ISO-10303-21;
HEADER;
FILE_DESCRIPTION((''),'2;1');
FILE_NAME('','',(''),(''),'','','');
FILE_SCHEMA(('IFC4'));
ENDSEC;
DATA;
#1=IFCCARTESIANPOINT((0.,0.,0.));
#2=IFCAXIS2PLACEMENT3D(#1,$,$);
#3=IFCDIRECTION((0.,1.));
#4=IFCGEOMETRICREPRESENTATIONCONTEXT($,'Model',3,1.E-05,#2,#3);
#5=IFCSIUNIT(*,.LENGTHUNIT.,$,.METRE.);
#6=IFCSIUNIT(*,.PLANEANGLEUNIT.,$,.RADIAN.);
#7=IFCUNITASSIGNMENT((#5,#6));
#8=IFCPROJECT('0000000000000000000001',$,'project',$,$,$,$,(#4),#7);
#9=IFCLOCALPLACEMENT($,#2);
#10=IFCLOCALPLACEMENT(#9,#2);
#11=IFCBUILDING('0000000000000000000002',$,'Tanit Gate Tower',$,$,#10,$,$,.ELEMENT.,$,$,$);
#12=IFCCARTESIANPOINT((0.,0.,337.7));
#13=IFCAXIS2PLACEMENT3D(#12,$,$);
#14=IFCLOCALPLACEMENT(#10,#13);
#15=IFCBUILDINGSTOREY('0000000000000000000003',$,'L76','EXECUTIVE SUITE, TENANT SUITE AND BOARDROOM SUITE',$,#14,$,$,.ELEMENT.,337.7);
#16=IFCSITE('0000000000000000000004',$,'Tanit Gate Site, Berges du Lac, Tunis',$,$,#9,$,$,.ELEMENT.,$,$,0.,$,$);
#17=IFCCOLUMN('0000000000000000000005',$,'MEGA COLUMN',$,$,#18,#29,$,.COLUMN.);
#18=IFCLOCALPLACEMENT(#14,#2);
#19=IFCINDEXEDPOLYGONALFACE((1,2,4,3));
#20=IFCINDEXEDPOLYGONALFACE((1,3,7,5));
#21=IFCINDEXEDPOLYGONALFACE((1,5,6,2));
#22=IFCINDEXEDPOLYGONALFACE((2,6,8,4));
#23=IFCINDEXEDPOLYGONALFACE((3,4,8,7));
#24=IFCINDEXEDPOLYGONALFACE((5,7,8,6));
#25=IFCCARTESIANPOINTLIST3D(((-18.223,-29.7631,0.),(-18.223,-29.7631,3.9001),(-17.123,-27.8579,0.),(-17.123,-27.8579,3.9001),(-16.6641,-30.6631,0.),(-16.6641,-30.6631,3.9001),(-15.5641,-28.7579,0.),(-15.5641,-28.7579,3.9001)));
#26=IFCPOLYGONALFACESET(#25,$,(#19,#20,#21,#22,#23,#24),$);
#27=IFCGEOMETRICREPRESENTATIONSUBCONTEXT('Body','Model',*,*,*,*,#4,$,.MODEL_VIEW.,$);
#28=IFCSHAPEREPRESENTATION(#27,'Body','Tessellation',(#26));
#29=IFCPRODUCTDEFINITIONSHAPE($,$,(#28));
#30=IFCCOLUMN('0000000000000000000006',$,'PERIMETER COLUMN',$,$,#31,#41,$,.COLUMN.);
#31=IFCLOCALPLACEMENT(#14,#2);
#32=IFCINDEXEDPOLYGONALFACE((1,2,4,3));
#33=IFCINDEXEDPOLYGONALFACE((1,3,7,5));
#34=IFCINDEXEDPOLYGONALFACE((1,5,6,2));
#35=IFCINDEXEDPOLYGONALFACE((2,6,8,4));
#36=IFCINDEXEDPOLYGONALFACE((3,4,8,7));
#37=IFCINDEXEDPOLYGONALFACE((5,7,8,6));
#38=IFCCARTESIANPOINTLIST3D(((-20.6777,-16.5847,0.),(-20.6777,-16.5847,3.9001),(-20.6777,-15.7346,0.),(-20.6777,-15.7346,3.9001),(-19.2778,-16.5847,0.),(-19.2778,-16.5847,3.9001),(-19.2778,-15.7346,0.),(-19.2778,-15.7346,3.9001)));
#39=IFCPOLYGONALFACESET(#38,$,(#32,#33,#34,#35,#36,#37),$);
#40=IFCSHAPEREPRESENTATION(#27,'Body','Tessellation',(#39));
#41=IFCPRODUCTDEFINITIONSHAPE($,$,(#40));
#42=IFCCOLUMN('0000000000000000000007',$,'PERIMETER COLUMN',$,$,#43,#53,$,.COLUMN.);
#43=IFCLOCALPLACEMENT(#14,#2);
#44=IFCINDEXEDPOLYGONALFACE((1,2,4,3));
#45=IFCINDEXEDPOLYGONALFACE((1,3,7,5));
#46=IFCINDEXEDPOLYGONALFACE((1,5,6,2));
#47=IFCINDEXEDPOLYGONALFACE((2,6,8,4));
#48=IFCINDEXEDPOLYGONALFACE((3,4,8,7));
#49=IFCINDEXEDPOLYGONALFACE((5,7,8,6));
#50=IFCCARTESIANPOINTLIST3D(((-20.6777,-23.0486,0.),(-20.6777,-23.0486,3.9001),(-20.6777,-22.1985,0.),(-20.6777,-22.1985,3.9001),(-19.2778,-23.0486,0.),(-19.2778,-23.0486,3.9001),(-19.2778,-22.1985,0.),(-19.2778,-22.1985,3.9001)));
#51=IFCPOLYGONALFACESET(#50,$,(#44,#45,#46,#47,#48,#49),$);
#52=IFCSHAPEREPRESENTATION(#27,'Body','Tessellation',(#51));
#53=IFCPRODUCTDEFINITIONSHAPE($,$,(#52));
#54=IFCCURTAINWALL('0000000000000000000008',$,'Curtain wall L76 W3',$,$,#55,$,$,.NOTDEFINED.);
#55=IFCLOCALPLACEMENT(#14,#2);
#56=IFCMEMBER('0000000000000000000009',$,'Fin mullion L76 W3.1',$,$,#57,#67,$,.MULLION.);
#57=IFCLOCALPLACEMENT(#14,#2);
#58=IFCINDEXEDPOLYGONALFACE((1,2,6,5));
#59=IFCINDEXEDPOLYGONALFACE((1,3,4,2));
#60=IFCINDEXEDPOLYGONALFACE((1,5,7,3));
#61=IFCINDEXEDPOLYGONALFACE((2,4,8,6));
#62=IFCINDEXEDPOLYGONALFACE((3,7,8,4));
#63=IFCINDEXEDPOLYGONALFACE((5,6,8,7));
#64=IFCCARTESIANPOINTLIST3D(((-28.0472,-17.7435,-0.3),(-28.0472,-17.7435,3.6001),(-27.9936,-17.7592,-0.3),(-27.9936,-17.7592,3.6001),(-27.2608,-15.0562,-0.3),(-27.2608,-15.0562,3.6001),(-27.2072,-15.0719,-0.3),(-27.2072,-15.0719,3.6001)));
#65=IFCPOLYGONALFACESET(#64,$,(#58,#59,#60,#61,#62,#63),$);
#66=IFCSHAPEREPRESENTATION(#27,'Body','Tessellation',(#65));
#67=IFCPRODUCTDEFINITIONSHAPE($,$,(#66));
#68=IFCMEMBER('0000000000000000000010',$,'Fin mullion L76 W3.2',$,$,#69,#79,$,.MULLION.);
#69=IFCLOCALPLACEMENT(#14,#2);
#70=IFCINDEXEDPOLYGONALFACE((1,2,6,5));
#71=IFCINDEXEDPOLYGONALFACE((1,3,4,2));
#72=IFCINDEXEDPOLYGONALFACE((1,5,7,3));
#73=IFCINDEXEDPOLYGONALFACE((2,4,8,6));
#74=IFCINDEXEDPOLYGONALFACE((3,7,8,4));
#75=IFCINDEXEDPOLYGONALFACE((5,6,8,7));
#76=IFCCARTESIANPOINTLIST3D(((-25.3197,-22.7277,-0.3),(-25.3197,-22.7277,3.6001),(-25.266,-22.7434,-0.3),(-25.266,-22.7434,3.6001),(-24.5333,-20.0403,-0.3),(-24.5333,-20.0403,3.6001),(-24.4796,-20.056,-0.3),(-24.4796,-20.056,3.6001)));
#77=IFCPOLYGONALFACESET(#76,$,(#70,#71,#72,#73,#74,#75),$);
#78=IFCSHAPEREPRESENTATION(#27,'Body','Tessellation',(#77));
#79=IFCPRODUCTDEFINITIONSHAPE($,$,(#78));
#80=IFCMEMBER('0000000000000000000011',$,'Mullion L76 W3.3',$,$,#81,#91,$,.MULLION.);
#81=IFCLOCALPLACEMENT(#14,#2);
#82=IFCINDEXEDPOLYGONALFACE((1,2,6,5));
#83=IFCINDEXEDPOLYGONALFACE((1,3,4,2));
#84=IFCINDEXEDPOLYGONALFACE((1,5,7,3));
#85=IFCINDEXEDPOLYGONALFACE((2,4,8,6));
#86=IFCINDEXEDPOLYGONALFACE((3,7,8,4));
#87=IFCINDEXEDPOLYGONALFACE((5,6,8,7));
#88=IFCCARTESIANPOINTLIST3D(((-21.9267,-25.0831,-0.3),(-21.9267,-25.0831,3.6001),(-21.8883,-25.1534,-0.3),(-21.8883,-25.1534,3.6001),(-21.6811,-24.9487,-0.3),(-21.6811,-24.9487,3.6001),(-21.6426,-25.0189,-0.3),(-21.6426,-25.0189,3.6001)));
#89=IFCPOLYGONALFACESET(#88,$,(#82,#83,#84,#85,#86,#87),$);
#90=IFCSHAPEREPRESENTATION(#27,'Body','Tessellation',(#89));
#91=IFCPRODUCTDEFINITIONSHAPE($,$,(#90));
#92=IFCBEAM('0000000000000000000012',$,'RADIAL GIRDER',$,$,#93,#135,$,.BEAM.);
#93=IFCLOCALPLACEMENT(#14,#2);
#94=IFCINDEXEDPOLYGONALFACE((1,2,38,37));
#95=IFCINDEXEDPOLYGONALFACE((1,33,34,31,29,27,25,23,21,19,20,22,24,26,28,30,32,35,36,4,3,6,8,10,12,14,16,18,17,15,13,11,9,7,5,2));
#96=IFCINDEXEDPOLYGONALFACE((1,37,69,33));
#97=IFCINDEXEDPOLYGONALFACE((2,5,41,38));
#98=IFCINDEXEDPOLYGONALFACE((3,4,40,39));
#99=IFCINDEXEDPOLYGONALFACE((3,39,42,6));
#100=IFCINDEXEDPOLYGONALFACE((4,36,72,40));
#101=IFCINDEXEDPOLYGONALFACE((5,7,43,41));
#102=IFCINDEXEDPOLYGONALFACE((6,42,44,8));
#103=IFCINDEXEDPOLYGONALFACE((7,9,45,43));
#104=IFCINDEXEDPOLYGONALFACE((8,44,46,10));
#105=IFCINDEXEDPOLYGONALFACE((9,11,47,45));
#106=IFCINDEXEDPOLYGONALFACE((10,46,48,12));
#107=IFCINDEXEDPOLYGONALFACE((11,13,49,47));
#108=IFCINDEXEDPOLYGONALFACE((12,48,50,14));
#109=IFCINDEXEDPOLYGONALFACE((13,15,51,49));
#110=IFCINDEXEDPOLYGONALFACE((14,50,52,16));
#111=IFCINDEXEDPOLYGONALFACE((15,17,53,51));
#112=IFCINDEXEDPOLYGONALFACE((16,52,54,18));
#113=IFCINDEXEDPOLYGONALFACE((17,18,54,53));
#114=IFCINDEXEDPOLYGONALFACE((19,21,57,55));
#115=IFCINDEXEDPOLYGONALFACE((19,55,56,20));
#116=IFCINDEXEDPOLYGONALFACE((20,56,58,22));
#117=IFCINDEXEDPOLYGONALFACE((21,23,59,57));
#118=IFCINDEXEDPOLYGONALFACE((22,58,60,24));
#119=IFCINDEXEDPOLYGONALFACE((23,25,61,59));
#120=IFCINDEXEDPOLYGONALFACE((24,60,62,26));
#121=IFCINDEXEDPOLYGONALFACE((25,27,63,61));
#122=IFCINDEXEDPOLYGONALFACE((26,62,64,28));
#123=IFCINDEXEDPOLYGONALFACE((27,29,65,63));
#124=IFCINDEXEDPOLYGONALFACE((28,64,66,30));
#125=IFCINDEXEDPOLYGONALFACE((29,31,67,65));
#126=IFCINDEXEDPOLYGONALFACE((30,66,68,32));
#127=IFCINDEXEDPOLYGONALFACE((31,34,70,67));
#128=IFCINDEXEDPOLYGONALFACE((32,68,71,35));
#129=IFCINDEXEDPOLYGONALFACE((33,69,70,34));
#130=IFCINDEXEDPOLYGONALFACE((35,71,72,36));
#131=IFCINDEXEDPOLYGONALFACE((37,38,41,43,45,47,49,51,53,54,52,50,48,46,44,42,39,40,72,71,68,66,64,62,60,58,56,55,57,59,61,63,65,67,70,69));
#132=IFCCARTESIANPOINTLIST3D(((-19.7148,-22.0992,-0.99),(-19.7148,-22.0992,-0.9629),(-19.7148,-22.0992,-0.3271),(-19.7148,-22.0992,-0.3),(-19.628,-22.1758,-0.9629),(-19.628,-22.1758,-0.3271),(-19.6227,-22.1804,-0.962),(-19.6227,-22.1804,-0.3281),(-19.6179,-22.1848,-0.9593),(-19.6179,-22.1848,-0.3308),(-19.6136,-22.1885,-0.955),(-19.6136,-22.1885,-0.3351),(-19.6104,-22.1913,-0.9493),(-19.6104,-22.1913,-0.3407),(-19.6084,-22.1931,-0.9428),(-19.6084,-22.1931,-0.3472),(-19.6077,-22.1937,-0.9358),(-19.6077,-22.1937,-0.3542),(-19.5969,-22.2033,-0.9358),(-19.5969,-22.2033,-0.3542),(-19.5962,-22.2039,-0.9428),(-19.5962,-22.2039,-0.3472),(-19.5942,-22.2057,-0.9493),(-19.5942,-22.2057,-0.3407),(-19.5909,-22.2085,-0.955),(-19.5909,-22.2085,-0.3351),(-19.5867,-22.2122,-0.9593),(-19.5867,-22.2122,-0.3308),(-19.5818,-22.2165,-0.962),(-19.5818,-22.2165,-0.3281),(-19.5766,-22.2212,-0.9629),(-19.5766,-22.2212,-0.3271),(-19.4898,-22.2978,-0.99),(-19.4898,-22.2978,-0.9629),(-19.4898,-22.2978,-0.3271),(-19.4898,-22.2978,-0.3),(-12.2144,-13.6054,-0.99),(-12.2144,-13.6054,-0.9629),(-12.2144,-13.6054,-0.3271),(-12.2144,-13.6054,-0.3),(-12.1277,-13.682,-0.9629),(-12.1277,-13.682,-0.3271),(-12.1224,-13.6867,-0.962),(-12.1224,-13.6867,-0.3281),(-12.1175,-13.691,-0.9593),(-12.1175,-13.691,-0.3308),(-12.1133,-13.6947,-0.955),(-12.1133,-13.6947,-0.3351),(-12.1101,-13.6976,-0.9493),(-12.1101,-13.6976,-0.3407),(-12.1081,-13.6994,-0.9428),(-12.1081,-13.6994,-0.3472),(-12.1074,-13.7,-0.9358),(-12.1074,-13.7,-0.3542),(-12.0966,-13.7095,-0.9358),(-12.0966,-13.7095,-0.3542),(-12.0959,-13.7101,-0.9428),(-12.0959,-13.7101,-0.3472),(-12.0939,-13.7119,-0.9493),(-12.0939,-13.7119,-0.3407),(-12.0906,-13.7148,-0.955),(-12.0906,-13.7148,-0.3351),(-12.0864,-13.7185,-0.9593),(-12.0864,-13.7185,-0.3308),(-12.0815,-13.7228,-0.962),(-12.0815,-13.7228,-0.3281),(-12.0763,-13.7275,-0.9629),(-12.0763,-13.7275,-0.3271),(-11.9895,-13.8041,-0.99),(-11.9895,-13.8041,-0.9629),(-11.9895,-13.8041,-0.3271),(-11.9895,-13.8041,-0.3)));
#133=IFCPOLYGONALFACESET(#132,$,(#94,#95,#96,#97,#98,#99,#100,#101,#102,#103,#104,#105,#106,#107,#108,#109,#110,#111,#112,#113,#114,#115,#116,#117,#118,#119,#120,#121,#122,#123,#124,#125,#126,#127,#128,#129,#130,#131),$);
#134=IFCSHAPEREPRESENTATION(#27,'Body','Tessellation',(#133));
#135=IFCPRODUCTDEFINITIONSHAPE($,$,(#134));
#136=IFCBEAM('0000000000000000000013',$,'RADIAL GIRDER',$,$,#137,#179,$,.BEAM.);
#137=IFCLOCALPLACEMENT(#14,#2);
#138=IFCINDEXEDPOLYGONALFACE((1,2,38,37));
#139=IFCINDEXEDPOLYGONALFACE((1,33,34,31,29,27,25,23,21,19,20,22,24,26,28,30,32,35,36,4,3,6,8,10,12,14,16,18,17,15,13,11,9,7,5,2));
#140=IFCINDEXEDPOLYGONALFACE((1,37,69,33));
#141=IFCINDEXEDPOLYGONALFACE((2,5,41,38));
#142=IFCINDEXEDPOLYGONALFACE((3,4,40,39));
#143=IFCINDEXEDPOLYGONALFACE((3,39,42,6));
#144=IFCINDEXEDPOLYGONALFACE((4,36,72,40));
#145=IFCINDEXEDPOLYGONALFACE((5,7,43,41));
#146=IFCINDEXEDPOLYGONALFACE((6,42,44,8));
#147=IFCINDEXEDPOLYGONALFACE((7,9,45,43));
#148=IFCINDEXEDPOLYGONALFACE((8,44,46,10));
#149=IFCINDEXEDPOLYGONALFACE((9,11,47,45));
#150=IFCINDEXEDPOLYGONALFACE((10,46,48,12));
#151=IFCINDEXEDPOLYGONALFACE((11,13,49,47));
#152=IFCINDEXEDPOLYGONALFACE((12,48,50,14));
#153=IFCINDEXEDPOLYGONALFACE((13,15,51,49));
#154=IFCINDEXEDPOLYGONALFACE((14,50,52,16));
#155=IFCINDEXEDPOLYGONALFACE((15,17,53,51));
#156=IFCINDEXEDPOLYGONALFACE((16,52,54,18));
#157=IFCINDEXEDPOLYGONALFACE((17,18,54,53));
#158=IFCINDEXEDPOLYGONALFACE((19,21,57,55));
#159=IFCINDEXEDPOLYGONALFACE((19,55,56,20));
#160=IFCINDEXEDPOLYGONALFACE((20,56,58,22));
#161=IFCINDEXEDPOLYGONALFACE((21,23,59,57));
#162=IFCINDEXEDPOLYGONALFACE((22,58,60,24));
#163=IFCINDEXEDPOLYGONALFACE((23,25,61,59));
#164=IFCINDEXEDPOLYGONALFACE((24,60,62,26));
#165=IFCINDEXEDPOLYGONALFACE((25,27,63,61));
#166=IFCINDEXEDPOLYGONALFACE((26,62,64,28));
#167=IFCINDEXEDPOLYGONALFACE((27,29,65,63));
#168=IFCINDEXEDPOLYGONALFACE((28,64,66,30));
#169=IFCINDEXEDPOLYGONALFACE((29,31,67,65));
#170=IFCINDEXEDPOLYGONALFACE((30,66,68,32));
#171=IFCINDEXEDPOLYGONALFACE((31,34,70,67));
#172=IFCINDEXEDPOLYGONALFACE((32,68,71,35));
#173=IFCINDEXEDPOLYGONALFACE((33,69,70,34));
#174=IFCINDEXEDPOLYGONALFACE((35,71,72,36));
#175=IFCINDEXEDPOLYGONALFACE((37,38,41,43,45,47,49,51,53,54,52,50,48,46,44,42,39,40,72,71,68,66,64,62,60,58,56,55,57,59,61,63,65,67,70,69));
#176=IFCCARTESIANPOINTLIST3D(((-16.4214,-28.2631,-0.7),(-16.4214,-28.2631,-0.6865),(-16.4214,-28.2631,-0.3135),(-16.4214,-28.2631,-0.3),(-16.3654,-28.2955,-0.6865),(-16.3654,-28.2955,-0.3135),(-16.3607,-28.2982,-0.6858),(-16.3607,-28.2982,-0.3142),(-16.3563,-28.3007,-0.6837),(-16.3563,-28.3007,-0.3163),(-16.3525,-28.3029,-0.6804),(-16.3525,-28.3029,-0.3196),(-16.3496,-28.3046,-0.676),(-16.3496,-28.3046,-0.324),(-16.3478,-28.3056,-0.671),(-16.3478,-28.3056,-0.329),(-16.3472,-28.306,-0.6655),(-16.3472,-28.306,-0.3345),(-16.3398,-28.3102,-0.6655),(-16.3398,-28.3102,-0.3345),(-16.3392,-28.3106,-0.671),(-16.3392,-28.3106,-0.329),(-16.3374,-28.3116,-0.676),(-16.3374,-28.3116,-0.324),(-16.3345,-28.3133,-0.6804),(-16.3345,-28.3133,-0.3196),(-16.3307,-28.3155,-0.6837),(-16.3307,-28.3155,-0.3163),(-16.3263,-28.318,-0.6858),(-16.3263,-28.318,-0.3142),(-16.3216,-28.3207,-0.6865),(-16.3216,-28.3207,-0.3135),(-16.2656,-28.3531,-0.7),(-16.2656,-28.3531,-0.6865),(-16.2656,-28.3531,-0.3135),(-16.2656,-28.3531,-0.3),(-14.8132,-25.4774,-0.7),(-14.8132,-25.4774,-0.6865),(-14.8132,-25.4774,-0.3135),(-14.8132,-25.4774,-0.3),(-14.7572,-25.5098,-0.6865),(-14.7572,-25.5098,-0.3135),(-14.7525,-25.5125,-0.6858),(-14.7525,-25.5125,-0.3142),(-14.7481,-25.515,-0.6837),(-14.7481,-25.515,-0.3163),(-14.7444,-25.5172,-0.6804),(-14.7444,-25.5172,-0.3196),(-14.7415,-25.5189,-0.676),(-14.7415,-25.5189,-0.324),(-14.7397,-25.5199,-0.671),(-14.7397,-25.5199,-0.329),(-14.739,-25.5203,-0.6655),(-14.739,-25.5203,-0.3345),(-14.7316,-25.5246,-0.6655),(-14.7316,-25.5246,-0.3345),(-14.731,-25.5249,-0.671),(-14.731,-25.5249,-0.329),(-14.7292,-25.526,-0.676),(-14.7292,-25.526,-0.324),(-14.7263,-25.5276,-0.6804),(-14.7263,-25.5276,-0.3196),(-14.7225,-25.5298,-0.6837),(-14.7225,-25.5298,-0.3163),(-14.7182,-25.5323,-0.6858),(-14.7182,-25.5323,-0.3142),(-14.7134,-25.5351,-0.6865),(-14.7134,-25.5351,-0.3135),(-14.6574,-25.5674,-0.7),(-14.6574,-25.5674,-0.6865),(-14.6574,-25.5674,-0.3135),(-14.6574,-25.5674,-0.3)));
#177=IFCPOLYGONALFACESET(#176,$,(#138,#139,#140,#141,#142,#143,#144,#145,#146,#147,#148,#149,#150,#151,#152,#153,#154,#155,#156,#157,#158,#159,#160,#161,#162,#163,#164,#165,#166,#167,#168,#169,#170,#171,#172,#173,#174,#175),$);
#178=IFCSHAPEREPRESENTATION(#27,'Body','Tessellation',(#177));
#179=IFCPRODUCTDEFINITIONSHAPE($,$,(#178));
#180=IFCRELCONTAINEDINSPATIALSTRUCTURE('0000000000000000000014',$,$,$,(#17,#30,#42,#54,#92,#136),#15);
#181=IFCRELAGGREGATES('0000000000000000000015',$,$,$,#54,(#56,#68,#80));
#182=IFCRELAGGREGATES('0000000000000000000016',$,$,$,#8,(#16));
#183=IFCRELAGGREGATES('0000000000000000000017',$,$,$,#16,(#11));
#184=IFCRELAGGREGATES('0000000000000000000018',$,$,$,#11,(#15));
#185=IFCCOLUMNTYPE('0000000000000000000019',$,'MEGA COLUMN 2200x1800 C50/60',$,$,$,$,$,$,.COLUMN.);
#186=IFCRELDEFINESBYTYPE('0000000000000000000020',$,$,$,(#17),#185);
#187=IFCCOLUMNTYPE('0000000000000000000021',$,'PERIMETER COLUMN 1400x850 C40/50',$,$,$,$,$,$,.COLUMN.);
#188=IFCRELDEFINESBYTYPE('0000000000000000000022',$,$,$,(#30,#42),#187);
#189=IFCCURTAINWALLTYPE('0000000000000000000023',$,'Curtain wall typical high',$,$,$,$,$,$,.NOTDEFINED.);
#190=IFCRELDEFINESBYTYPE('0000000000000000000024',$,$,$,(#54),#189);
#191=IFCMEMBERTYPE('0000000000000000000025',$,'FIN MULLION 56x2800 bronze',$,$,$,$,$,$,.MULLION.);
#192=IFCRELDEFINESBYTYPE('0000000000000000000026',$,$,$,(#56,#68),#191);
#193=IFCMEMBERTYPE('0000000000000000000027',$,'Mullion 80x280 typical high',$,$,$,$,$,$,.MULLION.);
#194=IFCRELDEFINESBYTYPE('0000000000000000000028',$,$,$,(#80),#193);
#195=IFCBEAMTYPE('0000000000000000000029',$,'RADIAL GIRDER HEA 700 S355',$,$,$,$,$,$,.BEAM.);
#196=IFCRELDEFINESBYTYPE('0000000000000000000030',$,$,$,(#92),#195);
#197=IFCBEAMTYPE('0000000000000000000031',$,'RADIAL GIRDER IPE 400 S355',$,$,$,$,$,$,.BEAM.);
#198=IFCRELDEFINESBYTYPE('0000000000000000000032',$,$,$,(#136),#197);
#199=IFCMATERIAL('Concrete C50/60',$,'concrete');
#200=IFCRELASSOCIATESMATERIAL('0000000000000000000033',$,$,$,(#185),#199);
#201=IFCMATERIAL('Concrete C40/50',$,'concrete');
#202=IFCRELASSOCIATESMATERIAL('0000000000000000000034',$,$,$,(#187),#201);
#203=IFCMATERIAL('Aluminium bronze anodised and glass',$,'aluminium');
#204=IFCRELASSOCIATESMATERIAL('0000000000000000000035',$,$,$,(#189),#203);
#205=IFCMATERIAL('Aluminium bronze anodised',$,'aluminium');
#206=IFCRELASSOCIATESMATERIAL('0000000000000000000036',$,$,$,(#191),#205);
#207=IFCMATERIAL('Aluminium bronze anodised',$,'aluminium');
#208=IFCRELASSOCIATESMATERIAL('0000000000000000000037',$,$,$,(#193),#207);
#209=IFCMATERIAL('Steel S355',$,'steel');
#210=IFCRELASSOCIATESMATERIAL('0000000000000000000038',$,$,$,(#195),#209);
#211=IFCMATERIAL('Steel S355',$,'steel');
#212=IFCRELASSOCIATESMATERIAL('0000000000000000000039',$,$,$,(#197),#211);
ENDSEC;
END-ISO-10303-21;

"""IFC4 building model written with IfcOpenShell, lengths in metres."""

from ifc_helpers import new_model, si_unit, direction, frame, origin, origin_2d, place, context, subcontext, project, spatial, rectangle, i_section, extrude, material, material_profile, profile_set, type_object, element, aggregate, save


model = new_model("IFC4")

# Units and contexts
model_context = context("Model", 3, precision=1e-05, world=origin(), true_north=direction((0.0, 1.0)))
body_context = subcontext(model_context, "Body", "Model", "MODEL_VIEW")
ifc_project = project(units=[si_unit("LENGTHUNIT", "METRE"), si_unit("PLANEANGLEUNIT", "RADIAN")], contexts=[model_context])

# Site, building, storey
site_placement = place(None, origin())
site = spatial("IfcSite", under=ifc_project, at=site_placement, Name="Tanit Gate Site, Berges du Lac, Tunis", CompositionType="ELEMENT", RefElevation=0.0)
building_placement = place(site_placement, origin())
building = spatial("IfcBuilding", under=site, at=building_placement, Name="Tanit Gate Tower", CompositionType="ELEMENT")
storey_placement = place(building_placement, frame((0.0, 0.0, 337.7)))
storey = spatial("IfcBuildingStorey", under=building, at=storey_placement, Name="L76", Description="EXECUTIVE SUITE, TENANT SUITE AND BOARDROOM SUITE", CompositionType="ELEMENT", Elevation=337.7)

# Columns
ifc_material_1 = material(Name="Concrete C50/60", Category="concrete")
ifc_material_profile_1 = material_profile(ifc_material_1, rectangle(XDim=2.2, YDim=1.8, at=origin_2d()), Name="RC 2200x1800")
ifc_profile_set_1 = profile_set([ifc_material_profile_1], Name="Concrete C50/60")
column_type_1 = type_object("IfcColumnType", Name="MEGA COLUMN 2200x1800 C50/60", PredefinedType="COLUMN", material=ifc_profile_set_1)
column_placement = place(storey_placement, frame((-16.8936, -29.2605, 0.0), z_axis=(0.0, 0.0, 1.0), x_axis=(-0.5, -0.866025, 0.0)))
element("IfcColumn", 1, at=column_placement, inside=storey, type_object=column_type_1, Name="MEGA COLUMN", PredefinedType="COLUMN", context=body_context, shape_type="SweptSolid", body=[
    extrude(rectangle(XDim=2.2, YDim=1.8, at=origin_2d()), origin(), (0.0, 0.0, 1.0), 3.9001),
])
ifc_material_2 = material(Name="Concrete C40/50", Category="concrete")
ifc_material_profile_2 = material_profile(ifc_material_2, rectangle(XDim=1.3999, YDim=0.8501, at=origin_2d()), Name="RC 1400x850")
ifc_profile_set_2 = profile_set([ifc_material_profile_2], Name="Concrete C40/50")
column_type_2 = type_object("IfcColumnType", Name="PERIMETER COLUMN 1400x850 C40/50", PredefinedType="COLUMN", material=ifc_profile_set_2)
for number, where, z_axis, x_axis, name in (
    (2, (-19.9778, -16.1597, 0.0), (0.0, 0.0, 1.0), (-1.0, 0.0, 0.0), "PERIMETER COLUMN"),
    (3, (-19.9778, -22.6235, 0.0), (0.0, 0.0, 1.0), (-1.0, 0.0, 0.0), "PERIMETER COLUMN"),
):
    element("IfcColumn", number, at=place(storey_placement, frame(where, z_axis=z_axis, x_axis=x_axis)), inside=storey, type_object=column_type_2, Name=name, PredefinedType="COLUMN", context=body_context, shape_type="SweptSolid", body=[
        extrude(rectangle(XDim=1.3999, YDim=0.8501, at=origin_2d()), origin(), (0.0, 0.0, 1.0), 3.9001),
    ])

# Curtain wall, members
ifc_material_3 = material(Name="Aluminium bronze anodised and glass", Category="aluminium")
curtain_wall_type = type_object("IfcCurtainWallType", Name="Curtain wall typical high", PredefinedType="NOTDEFINED", material=ifc_material_3)
curtain_wall_placement = place(storey_placement, origin())
curtain_wall = element("IfcCurtainWall", 4, at=curtain_wall_placement, inside=storey, type_object=curtain_wall_type, Name="Curtain wall L76 W3", PredefinedType="NOTDEFINED")
ifc_material_4 = material(Name="Aluminium bronze anodised", Category="aluminium")
ifc_material_profile_3 = material_profile(ifc_material_4, rectangle(XDim=2.8, YDim=0.0559, at=origin_2d()), Name="56x2800 bronze fin mullion")
ifc_profile_set_3 = profile_set([ifc_material_profile_3], Name="Aluminium bronze anodised")
member_type_1 = type_object("IfcMemberType", Name="FIN MULLION 56x2800 bronze", PredefinedType="MULLION", material=ifc_profile_set_3)
member_1_placement = place(storey_placement, frame((-27.6272, -16.4077, -0.3), z_axis=(0.0, 0.0, 1.0), x_axis=(0.280852, 0.959751, 0.0)))
member_1 = element("IfcMember", 5, at=member_1_placement, type_object=member_type_1, Name="Fin mullion L76 W3.1", PredefinedType="MULLION", context=body_context, shape_type="SweptSolid", body=[
    extrude(rectangle(XDim=2.8, YDim=0.0559, at=origin_2d()), origin(), (0.0, 0.0, 1.0), 3.9001),
])
member_2_placement = place(storey_placement, frame((-24.8997, -21.3918, -0.3), z_axis=(0.0, 0.0, 1.0), x_axis=(0.280852, 0.959751, 0.0)))
member_2 = element("IfcMember", 6, at=member_2_placement, type_object=member_type_1, Name="Fin mullion L76 W3.2", PredefinedType="MULLION", context=body_context, shape_type="SweptSolid", body=[
    extrude(rectangle(XDim=2.8, YDim=0.0559, at=origin_2d()), origin(), (0.0, 0.0, 1.0), 3.9001),
])
ifc_material_5 = material(Name="Aluminium bronze anodised", Category="aluminium")
ifc_material_profile_4 = material_profile(ifc_material_5, rectangle(XDim=0.28, YDim=0.0801, at=origin_2d()), Name="80x280 bronze mullion")
ifc_profile_set_4 = profile_set([ifc_material_profile_4], Name="Aluminium bronze anodised")
member_type_2 = type_object("IfcMemberType", Name="Mullion 80x280 typical high", PredefinedType="MULLION", material=ifc_profile_set_4)
member_3_placement = place(storey_placement, frame((-21.7847, -25.051, -0.3), z_axis=(0.0, 0.0, 1.0), x_axis=(0.877239, 0.480055, 0.0)))
member_3 = element("IfcMember", 7, at=member_3_placement, type_object=member_type_2, Name="Mullion L76 W3.3", PredefinedType="MULLION", context=body_context, shape_type="SweptSolid", body=[
    extrude(rectangle(XDim=0.28, YDim=0.0801, at=origin_2d()), origin(), (0.0, 0.0, 1.0), 3.9001),
])

# Beams
ifc_material_6 = material(Name="Steel S355", Category="steel")
ifc_material_profile_5 = material_profile(ifc_material_6, i_section(OverallWidth=0.3, OverallDepth=0.6899, WebThickness=0.0144, FlangeThickness=0.0271, FilletRadius=0.0271, at=origin_2d()), Name="HEA 700")
ifc_profile_set_5 = profile_set([ifc_material_profile_5], Name="Steel S355")
beam_type_1 = type_object("IfcBeamType", Name="RADIAL GIRDER HEA 700 S355", PredefinedType="BEAM", material=ifc_profile_set_5)
beam_1_placement = place(storey_placement, frame((-19.6023, -22.1985, -0.645), z_axis=(0.661912, 0.749582, 0.0), x_axis=(-0.749582, 0.661912, 0.0)))
element("IfcBeam", 8, at=beam_1_placement, inside=storey, type_object=beam_type_1, Name="RADIAL GIRDER", PredefinedType="BEAM", context=body_context, shape_type="SweptSolid", body=[
    extrude(i_section(OverallWidth=0.3, OverallDepth=0.6899, WebThickness=0.0144, FlangeThickness=0.0271, FilletRadius=0.0271, at=origin_2d()), origin(), (0.0, 0.0, 1.0), 11.3313),
])
ifc_material_7 = material(Name="Steel S355", Category="steel")
ifc_material_profile_6 = material_profile(ifc_material_7, i_section(OverallWidth=0.1799, OverallDepth=0.3999, WebThickness=0.0085, FlangeThickness=0.0134, FilletRadius=0.021, at=origin_2d()), Name="IPE 400")
ifc_profile_set_6 = profile_set([ifc_material_profile_6], Name="Steel S355")
beam_type_2 = type_object("IfcBeamType", Name="RADIAL GIRDER IPE 400 S355", PredefinedType="BEAM", material=ifc_profile_set_6)
beam_2_placement = place(storey_placement, frame((-16.3435, -28.3081, -0.5), z_axis=(0.499968, 0.866044, 0.0), x_axis=(-0.866044, 0.499968, 0.0)))
element("IfcBeam", 9, at=beam_2_placement, inside=storey, type_object=beam_type_2, Name="RADIAL GIRDER", PredefinedType="BEAM", context=body_context, shape_type="SweptSolid", body=[
    extrude(i_section(OverallWidth=0.1799, OverallDepth=0.3999, WebThickness=0.0085, FlangeThickness=0.0134, FilletRadius=0.021, at=origin_2d()), origin(), (0.0, 0.0, 1.0), 3.2166),
])

aggregate(curtain_wall, [member_1, member_2, member_3])

save(model, "model.ifc")
